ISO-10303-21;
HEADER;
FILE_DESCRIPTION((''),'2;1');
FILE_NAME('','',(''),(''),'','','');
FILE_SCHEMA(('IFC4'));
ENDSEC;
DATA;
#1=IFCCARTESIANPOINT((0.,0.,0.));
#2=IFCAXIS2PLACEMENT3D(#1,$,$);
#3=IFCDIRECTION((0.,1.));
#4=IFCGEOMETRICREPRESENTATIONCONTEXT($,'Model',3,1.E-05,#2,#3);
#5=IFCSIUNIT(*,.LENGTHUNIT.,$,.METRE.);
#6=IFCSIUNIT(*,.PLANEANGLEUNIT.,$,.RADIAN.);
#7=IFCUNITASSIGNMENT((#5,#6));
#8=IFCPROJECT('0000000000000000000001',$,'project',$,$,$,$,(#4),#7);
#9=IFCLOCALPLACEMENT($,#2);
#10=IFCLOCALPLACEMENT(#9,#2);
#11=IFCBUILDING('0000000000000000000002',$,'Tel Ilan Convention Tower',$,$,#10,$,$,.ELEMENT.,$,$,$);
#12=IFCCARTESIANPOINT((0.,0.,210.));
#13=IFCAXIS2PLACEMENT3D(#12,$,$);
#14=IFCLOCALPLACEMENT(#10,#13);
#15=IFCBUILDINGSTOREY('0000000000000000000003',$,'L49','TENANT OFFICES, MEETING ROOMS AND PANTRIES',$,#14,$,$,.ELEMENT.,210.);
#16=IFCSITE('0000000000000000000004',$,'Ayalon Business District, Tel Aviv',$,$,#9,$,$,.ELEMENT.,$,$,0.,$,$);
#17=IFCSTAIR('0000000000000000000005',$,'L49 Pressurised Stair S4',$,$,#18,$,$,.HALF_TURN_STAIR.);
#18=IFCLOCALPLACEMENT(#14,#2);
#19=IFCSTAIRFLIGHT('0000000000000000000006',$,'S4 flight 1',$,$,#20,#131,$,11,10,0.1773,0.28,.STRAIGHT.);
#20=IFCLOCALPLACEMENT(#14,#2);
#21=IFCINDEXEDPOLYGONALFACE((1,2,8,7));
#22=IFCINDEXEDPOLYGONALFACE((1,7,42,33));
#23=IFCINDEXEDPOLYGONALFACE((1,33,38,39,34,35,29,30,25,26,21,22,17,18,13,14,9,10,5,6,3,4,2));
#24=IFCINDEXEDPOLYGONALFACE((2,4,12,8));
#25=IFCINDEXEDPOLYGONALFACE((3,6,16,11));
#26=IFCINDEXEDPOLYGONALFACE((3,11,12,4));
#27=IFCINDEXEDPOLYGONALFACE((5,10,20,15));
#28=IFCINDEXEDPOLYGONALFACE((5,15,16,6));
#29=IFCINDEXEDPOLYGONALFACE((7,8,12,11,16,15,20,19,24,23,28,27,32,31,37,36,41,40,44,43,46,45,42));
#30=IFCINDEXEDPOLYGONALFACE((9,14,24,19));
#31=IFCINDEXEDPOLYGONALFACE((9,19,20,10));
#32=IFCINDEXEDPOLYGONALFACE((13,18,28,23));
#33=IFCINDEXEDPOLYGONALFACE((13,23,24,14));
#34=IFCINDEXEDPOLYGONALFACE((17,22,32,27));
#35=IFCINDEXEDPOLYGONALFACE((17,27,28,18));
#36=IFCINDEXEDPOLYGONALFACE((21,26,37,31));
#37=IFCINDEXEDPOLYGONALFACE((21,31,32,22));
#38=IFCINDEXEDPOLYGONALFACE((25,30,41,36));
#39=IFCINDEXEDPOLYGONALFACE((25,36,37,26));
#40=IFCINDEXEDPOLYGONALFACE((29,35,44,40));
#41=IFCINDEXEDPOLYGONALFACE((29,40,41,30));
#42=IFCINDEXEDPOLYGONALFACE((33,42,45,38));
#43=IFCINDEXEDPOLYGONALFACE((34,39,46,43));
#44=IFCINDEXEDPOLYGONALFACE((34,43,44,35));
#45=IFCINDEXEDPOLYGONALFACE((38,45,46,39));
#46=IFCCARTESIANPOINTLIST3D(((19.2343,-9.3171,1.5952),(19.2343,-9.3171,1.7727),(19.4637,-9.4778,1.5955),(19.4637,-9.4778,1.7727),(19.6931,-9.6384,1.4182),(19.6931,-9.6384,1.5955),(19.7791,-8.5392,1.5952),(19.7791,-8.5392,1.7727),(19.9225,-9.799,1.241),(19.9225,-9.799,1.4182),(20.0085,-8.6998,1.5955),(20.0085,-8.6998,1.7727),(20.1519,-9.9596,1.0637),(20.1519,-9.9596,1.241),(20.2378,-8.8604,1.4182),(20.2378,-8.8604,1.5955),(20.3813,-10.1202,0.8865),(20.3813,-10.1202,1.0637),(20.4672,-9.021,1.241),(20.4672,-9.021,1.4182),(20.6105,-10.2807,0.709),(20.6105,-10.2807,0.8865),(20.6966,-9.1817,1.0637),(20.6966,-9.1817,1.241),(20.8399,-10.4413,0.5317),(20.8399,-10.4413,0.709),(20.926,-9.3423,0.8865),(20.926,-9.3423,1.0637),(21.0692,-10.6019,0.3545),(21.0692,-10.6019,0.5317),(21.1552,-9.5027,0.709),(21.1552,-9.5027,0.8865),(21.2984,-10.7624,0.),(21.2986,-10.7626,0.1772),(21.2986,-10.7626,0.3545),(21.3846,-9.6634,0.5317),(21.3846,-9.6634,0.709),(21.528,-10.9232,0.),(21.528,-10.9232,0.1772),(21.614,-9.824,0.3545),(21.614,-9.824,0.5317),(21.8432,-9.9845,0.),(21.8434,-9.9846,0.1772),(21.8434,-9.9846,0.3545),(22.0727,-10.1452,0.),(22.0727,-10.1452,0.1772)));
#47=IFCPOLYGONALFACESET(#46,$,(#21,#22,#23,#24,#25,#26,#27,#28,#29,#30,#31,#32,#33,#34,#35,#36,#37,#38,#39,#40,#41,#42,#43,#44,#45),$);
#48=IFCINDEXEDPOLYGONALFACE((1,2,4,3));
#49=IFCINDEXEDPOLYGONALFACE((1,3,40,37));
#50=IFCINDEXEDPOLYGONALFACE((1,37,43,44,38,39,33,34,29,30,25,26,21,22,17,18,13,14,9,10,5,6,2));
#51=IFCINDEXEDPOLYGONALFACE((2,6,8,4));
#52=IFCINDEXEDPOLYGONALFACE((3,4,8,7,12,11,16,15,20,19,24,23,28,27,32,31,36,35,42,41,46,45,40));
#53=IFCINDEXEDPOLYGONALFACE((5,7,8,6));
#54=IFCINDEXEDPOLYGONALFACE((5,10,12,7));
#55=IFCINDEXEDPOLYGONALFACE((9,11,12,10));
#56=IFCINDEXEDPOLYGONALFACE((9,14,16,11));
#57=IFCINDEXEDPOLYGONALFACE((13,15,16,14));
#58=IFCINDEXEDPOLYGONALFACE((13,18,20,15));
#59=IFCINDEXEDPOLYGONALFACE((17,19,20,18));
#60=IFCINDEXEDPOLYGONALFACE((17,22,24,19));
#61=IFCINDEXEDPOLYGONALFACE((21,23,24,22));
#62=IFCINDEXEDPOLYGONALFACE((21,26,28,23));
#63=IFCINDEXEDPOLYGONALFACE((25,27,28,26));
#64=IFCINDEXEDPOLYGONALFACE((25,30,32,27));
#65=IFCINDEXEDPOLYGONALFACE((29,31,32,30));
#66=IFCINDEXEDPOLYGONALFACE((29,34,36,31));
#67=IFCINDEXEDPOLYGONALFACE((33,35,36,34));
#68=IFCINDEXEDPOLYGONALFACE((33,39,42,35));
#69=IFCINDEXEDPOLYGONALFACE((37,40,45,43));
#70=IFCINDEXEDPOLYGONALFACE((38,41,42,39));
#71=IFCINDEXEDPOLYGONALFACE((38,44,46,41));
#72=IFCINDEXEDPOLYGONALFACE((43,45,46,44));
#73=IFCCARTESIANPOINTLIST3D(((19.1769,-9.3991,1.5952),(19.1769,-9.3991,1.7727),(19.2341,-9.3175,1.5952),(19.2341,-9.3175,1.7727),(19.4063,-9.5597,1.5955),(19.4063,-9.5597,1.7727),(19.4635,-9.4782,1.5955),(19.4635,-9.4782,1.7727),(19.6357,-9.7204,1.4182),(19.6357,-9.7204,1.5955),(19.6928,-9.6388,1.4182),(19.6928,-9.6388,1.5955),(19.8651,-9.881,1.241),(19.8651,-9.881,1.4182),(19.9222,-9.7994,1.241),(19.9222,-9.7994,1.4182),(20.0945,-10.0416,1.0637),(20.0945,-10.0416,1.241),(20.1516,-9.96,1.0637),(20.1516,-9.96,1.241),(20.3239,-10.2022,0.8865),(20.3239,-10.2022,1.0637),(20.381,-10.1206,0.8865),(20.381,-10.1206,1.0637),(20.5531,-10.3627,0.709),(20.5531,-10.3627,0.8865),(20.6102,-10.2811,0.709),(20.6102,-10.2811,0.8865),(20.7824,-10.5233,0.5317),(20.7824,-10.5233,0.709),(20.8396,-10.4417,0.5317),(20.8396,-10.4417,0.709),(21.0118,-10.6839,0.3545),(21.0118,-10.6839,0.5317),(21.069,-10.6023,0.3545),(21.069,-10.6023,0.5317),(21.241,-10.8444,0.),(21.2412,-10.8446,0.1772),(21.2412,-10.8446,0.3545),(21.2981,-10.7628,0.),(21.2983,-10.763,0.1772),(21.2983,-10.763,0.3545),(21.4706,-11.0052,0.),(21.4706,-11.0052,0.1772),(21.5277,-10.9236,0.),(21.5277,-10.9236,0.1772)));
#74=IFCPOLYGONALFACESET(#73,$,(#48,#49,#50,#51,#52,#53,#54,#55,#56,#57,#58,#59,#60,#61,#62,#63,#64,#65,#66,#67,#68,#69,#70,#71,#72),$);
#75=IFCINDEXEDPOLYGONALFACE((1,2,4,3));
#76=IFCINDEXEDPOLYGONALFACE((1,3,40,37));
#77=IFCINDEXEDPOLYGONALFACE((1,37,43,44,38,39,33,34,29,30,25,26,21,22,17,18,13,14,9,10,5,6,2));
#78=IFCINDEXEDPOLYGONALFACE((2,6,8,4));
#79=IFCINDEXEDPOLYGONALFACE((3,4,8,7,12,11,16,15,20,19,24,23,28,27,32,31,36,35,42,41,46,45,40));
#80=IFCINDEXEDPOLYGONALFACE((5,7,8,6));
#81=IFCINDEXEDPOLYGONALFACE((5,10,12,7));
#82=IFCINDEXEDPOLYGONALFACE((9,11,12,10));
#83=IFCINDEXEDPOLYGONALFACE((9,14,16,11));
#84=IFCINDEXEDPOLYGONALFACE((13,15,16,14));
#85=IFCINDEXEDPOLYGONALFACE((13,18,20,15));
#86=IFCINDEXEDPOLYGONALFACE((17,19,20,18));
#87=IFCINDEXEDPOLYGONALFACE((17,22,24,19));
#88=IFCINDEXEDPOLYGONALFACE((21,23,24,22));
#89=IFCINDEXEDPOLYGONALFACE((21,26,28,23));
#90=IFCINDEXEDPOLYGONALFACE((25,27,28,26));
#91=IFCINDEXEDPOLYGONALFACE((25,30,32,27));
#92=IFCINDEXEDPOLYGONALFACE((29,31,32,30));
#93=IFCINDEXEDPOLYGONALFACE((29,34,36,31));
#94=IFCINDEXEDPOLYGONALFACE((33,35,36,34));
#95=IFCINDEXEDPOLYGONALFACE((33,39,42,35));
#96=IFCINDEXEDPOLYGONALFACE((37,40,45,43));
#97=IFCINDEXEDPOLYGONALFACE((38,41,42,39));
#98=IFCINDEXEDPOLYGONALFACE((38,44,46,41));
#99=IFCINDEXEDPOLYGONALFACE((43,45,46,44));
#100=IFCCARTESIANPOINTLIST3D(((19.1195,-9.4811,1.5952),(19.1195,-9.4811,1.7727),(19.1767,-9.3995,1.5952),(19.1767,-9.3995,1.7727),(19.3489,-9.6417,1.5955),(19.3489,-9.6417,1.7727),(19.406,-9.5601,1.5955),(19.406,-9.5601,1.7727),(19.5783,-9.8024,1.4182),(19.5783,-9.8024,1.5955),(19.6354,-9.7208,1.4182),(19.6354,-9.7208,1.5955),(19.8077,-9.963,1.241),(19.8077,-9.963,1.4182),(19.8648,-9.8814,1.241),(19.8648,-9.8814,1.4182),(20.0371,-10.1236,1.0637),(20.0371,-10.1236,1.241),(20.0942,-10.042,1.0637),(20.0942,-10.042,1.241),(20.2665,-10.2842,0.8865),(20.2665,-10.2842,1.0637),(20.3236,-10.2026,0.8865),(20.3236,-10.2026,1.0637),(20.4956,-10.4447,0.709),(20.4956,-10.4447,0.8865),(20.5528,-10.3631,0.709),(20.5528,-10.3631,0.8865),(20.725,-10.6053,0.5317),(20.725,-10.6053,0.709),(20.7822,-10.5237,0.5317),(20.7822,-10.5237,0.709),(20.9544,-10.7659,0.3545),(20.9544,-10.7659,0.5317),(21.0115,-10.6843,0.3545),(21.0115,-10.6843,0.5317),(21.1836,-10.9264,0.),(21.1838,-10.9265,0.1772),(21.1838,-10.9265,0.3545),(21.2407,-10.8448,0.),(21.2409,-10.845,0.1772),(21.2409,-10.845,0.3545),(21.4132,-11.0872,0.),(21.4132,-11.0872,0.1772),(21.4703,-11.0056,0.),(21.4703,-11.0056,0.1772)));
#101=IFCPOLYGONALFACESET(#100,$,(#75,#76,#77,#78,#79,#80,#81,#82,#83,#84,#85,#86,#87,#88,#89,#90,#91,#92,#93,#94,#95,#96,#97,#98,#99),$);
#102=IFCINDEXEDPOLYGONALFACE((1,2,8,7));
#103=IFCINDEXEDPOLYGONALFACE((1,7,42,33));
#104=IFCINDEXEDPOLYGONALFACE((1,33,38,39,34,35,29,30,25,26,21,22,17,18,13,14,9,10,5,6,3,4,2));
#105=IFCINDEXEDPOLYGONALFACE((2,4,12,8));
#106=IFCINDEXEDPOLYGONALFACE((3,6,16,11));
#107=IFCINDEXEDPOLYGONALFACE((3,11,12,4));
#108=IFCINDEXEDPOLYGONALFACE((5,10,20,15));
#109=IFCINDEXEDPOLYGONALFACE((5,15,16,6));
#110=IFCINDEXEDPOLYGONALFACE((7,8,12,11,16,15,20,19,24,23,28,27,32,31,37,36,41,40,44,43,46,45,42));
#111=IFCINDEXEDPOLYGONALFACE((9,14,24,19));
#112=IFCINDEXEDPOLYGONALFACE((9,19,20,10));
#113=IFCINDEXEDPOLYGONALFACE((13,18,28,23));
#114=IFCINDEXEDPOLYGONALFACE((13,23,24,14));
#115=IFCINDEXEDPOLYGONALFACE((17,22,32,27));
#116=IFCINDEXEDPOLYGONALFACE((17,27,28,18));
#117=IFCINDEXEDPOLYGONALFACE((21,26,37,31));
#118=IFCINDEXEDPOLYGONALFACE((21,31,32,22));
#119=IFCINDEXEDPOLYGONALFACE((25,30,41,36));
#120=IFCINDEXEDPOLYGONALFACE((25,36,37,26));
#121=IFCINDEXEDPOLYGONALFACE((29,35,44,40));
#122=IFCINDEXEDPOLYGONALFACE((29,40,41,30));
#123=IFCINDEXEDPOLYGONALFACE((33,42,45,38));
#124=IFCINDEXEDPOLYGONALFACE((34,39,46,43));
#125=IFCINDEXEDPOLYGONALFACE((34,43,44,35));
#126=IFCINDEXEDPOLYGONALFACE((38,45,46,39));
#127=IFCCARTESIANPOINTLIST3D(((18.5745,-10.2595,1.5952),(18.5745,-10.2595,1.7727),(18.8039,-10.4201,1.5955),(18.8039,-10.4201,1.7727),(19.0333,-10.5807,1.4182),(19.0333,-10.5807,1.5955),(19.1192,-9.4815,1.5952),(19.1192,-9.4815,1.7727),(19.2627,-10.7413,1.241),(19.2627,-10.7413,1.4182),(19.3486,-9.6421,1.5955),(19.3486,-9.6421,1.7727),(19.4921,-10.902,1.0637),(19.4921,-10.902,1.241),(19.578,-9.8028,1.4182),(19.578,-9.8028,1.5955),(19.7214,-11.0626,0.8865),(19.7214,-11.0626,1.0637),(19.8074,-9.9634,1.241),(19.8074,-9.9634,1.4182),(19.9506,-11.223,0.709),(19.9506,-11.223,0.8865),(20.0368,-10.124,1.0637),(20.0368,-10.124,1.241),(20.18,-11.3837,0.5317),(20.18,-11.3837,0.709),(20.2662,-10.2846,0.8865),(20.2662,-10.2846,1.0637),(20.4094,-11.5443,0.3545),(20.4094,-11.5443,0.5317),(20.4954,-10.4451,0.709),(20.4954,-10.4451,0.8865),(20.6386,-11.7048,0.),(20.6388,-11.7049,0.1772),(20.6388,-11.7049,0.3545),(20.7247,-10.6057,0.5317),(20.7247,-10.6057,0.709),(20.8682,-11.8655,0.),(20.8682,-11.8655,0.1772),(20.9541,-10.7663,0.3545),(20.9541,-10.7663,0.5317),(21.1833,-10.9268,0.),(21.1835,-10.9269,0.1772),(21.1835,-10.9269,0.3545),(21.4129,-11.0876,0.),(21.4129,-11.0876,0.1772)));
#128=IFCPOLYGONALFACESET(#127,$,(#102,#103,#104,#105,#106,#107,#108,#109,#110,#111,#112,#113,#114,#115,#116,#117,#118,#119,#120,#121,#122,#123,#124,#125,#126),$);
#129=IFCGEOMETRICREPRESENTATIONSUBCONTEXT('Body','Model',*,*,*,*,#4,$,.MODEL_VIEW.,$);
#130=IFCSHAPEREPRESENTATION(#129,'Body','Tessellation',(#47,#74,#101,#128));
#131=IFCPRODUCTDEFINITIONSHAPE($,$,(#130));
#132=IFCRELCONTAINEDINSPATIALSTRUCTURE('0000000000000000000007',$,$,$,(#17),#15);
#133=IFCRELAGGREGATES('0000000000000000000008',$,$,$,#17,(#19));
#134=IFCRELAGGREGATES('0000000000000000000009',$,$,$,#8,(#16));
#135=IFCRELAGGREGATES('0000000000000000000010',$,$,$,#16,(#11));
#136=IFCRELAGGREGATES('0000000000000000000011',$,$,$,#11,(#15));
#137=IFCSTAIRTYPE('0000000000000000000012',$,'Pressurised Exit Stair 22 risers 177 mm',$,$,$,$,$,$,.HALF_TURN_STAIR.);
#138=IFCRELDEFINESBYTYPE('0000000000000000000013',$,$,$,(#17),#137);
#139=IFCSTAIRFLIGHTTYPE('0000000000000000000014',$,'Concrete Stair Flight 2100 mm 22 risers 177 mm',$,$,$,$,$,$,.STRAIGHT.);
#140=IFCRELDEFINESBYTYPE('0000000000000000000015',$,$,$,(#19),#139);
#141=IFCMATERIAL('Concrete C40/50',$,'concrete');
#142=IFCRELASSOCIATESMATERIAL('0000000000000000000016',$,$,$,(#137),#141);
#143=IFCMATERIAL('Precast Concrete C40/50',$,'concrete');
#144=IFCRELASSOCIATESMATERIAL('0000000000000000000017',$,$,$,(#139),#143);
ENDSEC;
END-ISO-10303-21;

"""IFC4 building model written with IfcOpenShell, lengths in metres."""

from ifc_helpers import new_model, si_unit, direction, frame, origin, place, context, subcontext, project, spatial, polyline, outline, extrude, material, type_object, element, aggregate, save


model = new_model("IFC4")

# Units and contexts
model_context = context("Model", 3, precision=1e-05, world=origin(), true_north=direction((0.0, 1.0)))
body_context = subcontext(model_context, "Body", "Model", "MODEL_VIEW")
ifc_project = project(units=[si_unit("LENGTHUNIT", "METRE"), si_unit("PLANEANGLEUNIT", "RADIAN")], contexts=[model_context])

# Site, building, storey
site_placement = place(None, origin())
site = spatial("IfcSite", under=ifc_project, at=site_placement, Name="Ayalon Business District, Tel Aviv", CompositionType="ELEMENT", RefElevation=0.0)
building_placement = place(site_placement, origin())
building = spatial("IfcBuilding", under=site, at=building_placement, Name="Tel Ilan Convention Tower", CompositionType="ELEMENT")
storey_placement = place(building_placement, frame((0.0, 0.0, 210.0)))
storey = spatial("IfcBuildingStorey", under=building, at=storey_placement, Name="L49", Description="TENANT OFFICES, MEETING ROOMS AND PANTRIES", CompositionType="ELEMENT", Elevation=210.0)

# Shared definitions
ifc_material_1 = material(Name="Concrete C40/50", Category="concrete")
stair_type = type_object("IfcStairType", Name="Pressurised Exit Stair 22 risers 177 mm", PredefinedType="HALF_TURN_STAIR", material=ifc_material_1)
ifc_material_2 = material(Name="Precast Concrete C40/50", Category="concrete")
stair_flight_type = type_object("IfcStairFlightType", Name="Concrete Stair Flight 2100 mm 22 risers 177 mm", PredefinedType="STRAIGHT", material=ifc_material_2)

# Stair, stair flight
stair_1_placement = place(storey_placement, origin())
stair_1 = element("IfcStair", 1, at=stair_1_placement, inside=storey, type_object=stair_type, Name="L49 Pressurised Stair S4", PredefinedType="HALF_TURN_STAIR")
stair_flight_1_placement = place(storey_placement, frame((21.4705, -11.0054, 0.0), z_axis=(0.0, 0.0, 1.0), x_axis=(-0.819152, 0.573576, 0.0)))
stair_flight_1 = element("IfcStairFlight", 2, at=stair_flight_1_placement, type_object=stair_flight_type, Name="S4 flight 1", NumberOfRisers=11, NumberOfTreads=10, PredefinedType="STRAIGHT", RiserHeight=0.1773, TreadLength=0.28, context=body_context, shape_type="SweptSolid", body=[
    extrude(outline(polyline([(0.0, 0.0), (0.0, 0.1772), (0.28, 0.1772), (0.28, 0.3545), (0.5601, 0.3545), (0.5601, 0.5317), (0.8401, 0.5317), (0.8401, 0.709), (1.1201, 0.709), (1.1201, 0.8865), (1.3999, 0.8865), (1.3999, 1.0637), (1.6799, 1.0637), (1.6799, 1.241), (1.96, 1.241), (1.96, 1.4182), (2.24, 1.4182), (2.24, 1.5955), (2.52, 1.5955), (2.52, 1.7727), (2.8, 1.7727), (2.8, 1.95), (2.8, 1.5952), (0.2803, 0.0), (0.0, 0.0)])), frame((0.0, -0.1003, 0.0), z_axis=(0.0, -1.0, 0.0), x_axis=(1.0, 0.0, 0.0)), (0.0, 0.0, 1.0), 0.9497),
    extrude(outline(polyline([(0.0, 0.0), (0.0, 0.1772), (0.28, 0.1772), (0.28, 0.3545), (0.5601, 0.3545), (0.5601, 0.5317), (0.8401, 0.5317), (0.8401, 0.709), (1.1201, 0.709), (1.1201, 0.8865), (1.3999, 0.8865), (1.3999, 1.0637), (1.6799, 1.0637), (1.6799, 1.241), (1.96, 1.241), (1.96, 1.4182), (2.24, 1.4182), (2.24, 1.5955), (2.52, 1.5955), (2.52, 1.7727), (2.8, 1.7727), (2.8, 1.95), (2.8, 1.5952), (0.2803, 0.0), (0.0, 0.0)])), frame((0.0, -0.0002, 0.0), z_axis=(0.0, -1.0, 0.0), x_axis=(1.0, 0.0, 0.0)), (0.0, 0.0, 1.0), 0.0996),
    extrude(outline(polyline([(0.0, 0.0), (0.0, 0.1772), (0.28, 0.1772), (0.28, 0.3545), (0.5601, 0.3545), (0.5601, 0.5317), (0.8401, 0.5317), (0.8401, 0.709), (1.1201, 0.709), (1.1201, 0.8865), (1.3999, 0.8865), (1.3999, 1.0637), (1.6799, 1.0637), (1.6799, 1.241), (1.96, 1.241), (1.96, 1.4182), (2.24, 1.4182), (2.24, 1.5955), (2.52, 1.5955), (2.52, 1.7727), (2.8, 1.7727), (2.8, 1.95), (2.8, 1.5952), (0.2803, 0.0), (0.0, 0.0)])), frame((0.0, 0.0999, 0.0), z_axis=(0.0, -1.0, 0.0), x_axis=(1.0, 0.0, 0.0)), (0.0, 0.0, 1.0), 0.0996),
    extrude(outline(polyline([(0.0, 0.0), (0.0, 0.1772), (0.28, 0.1772), (0.28, 0.3545), (0.5601, 0.3545), (0.5601, 0.5317), (0.8401, 0.5317), (0.8401, 0.709), (1.1201, 0.709), (1.1201, 0.8865), (1.3999, 0.8865), (1.3999, 1.0637), (1.6799, 1.0637), (1.6799, 1.241), (1.96, 1.241), (1.96, 1.4182), (2.24, 1.4182), (2.24, 1.5955), (2.52, 1.5955), (2.52, 1.7727), (2.8, 1.7727), (2.8, 1.95), (2.8, 1.5952), (0.2803, 0.0), (0.0, 0.0)])), frame((0.0, 1.05, 0.0), z_axis=(0.0, -1.0, 0.0), x_axis=(1.0, 0.0, 0.0)), (0.0, 0.0, 1.0), 0.9497),
])
aggregate(stair_1, [stair_flight_1])

save(model, "model.ifc")
